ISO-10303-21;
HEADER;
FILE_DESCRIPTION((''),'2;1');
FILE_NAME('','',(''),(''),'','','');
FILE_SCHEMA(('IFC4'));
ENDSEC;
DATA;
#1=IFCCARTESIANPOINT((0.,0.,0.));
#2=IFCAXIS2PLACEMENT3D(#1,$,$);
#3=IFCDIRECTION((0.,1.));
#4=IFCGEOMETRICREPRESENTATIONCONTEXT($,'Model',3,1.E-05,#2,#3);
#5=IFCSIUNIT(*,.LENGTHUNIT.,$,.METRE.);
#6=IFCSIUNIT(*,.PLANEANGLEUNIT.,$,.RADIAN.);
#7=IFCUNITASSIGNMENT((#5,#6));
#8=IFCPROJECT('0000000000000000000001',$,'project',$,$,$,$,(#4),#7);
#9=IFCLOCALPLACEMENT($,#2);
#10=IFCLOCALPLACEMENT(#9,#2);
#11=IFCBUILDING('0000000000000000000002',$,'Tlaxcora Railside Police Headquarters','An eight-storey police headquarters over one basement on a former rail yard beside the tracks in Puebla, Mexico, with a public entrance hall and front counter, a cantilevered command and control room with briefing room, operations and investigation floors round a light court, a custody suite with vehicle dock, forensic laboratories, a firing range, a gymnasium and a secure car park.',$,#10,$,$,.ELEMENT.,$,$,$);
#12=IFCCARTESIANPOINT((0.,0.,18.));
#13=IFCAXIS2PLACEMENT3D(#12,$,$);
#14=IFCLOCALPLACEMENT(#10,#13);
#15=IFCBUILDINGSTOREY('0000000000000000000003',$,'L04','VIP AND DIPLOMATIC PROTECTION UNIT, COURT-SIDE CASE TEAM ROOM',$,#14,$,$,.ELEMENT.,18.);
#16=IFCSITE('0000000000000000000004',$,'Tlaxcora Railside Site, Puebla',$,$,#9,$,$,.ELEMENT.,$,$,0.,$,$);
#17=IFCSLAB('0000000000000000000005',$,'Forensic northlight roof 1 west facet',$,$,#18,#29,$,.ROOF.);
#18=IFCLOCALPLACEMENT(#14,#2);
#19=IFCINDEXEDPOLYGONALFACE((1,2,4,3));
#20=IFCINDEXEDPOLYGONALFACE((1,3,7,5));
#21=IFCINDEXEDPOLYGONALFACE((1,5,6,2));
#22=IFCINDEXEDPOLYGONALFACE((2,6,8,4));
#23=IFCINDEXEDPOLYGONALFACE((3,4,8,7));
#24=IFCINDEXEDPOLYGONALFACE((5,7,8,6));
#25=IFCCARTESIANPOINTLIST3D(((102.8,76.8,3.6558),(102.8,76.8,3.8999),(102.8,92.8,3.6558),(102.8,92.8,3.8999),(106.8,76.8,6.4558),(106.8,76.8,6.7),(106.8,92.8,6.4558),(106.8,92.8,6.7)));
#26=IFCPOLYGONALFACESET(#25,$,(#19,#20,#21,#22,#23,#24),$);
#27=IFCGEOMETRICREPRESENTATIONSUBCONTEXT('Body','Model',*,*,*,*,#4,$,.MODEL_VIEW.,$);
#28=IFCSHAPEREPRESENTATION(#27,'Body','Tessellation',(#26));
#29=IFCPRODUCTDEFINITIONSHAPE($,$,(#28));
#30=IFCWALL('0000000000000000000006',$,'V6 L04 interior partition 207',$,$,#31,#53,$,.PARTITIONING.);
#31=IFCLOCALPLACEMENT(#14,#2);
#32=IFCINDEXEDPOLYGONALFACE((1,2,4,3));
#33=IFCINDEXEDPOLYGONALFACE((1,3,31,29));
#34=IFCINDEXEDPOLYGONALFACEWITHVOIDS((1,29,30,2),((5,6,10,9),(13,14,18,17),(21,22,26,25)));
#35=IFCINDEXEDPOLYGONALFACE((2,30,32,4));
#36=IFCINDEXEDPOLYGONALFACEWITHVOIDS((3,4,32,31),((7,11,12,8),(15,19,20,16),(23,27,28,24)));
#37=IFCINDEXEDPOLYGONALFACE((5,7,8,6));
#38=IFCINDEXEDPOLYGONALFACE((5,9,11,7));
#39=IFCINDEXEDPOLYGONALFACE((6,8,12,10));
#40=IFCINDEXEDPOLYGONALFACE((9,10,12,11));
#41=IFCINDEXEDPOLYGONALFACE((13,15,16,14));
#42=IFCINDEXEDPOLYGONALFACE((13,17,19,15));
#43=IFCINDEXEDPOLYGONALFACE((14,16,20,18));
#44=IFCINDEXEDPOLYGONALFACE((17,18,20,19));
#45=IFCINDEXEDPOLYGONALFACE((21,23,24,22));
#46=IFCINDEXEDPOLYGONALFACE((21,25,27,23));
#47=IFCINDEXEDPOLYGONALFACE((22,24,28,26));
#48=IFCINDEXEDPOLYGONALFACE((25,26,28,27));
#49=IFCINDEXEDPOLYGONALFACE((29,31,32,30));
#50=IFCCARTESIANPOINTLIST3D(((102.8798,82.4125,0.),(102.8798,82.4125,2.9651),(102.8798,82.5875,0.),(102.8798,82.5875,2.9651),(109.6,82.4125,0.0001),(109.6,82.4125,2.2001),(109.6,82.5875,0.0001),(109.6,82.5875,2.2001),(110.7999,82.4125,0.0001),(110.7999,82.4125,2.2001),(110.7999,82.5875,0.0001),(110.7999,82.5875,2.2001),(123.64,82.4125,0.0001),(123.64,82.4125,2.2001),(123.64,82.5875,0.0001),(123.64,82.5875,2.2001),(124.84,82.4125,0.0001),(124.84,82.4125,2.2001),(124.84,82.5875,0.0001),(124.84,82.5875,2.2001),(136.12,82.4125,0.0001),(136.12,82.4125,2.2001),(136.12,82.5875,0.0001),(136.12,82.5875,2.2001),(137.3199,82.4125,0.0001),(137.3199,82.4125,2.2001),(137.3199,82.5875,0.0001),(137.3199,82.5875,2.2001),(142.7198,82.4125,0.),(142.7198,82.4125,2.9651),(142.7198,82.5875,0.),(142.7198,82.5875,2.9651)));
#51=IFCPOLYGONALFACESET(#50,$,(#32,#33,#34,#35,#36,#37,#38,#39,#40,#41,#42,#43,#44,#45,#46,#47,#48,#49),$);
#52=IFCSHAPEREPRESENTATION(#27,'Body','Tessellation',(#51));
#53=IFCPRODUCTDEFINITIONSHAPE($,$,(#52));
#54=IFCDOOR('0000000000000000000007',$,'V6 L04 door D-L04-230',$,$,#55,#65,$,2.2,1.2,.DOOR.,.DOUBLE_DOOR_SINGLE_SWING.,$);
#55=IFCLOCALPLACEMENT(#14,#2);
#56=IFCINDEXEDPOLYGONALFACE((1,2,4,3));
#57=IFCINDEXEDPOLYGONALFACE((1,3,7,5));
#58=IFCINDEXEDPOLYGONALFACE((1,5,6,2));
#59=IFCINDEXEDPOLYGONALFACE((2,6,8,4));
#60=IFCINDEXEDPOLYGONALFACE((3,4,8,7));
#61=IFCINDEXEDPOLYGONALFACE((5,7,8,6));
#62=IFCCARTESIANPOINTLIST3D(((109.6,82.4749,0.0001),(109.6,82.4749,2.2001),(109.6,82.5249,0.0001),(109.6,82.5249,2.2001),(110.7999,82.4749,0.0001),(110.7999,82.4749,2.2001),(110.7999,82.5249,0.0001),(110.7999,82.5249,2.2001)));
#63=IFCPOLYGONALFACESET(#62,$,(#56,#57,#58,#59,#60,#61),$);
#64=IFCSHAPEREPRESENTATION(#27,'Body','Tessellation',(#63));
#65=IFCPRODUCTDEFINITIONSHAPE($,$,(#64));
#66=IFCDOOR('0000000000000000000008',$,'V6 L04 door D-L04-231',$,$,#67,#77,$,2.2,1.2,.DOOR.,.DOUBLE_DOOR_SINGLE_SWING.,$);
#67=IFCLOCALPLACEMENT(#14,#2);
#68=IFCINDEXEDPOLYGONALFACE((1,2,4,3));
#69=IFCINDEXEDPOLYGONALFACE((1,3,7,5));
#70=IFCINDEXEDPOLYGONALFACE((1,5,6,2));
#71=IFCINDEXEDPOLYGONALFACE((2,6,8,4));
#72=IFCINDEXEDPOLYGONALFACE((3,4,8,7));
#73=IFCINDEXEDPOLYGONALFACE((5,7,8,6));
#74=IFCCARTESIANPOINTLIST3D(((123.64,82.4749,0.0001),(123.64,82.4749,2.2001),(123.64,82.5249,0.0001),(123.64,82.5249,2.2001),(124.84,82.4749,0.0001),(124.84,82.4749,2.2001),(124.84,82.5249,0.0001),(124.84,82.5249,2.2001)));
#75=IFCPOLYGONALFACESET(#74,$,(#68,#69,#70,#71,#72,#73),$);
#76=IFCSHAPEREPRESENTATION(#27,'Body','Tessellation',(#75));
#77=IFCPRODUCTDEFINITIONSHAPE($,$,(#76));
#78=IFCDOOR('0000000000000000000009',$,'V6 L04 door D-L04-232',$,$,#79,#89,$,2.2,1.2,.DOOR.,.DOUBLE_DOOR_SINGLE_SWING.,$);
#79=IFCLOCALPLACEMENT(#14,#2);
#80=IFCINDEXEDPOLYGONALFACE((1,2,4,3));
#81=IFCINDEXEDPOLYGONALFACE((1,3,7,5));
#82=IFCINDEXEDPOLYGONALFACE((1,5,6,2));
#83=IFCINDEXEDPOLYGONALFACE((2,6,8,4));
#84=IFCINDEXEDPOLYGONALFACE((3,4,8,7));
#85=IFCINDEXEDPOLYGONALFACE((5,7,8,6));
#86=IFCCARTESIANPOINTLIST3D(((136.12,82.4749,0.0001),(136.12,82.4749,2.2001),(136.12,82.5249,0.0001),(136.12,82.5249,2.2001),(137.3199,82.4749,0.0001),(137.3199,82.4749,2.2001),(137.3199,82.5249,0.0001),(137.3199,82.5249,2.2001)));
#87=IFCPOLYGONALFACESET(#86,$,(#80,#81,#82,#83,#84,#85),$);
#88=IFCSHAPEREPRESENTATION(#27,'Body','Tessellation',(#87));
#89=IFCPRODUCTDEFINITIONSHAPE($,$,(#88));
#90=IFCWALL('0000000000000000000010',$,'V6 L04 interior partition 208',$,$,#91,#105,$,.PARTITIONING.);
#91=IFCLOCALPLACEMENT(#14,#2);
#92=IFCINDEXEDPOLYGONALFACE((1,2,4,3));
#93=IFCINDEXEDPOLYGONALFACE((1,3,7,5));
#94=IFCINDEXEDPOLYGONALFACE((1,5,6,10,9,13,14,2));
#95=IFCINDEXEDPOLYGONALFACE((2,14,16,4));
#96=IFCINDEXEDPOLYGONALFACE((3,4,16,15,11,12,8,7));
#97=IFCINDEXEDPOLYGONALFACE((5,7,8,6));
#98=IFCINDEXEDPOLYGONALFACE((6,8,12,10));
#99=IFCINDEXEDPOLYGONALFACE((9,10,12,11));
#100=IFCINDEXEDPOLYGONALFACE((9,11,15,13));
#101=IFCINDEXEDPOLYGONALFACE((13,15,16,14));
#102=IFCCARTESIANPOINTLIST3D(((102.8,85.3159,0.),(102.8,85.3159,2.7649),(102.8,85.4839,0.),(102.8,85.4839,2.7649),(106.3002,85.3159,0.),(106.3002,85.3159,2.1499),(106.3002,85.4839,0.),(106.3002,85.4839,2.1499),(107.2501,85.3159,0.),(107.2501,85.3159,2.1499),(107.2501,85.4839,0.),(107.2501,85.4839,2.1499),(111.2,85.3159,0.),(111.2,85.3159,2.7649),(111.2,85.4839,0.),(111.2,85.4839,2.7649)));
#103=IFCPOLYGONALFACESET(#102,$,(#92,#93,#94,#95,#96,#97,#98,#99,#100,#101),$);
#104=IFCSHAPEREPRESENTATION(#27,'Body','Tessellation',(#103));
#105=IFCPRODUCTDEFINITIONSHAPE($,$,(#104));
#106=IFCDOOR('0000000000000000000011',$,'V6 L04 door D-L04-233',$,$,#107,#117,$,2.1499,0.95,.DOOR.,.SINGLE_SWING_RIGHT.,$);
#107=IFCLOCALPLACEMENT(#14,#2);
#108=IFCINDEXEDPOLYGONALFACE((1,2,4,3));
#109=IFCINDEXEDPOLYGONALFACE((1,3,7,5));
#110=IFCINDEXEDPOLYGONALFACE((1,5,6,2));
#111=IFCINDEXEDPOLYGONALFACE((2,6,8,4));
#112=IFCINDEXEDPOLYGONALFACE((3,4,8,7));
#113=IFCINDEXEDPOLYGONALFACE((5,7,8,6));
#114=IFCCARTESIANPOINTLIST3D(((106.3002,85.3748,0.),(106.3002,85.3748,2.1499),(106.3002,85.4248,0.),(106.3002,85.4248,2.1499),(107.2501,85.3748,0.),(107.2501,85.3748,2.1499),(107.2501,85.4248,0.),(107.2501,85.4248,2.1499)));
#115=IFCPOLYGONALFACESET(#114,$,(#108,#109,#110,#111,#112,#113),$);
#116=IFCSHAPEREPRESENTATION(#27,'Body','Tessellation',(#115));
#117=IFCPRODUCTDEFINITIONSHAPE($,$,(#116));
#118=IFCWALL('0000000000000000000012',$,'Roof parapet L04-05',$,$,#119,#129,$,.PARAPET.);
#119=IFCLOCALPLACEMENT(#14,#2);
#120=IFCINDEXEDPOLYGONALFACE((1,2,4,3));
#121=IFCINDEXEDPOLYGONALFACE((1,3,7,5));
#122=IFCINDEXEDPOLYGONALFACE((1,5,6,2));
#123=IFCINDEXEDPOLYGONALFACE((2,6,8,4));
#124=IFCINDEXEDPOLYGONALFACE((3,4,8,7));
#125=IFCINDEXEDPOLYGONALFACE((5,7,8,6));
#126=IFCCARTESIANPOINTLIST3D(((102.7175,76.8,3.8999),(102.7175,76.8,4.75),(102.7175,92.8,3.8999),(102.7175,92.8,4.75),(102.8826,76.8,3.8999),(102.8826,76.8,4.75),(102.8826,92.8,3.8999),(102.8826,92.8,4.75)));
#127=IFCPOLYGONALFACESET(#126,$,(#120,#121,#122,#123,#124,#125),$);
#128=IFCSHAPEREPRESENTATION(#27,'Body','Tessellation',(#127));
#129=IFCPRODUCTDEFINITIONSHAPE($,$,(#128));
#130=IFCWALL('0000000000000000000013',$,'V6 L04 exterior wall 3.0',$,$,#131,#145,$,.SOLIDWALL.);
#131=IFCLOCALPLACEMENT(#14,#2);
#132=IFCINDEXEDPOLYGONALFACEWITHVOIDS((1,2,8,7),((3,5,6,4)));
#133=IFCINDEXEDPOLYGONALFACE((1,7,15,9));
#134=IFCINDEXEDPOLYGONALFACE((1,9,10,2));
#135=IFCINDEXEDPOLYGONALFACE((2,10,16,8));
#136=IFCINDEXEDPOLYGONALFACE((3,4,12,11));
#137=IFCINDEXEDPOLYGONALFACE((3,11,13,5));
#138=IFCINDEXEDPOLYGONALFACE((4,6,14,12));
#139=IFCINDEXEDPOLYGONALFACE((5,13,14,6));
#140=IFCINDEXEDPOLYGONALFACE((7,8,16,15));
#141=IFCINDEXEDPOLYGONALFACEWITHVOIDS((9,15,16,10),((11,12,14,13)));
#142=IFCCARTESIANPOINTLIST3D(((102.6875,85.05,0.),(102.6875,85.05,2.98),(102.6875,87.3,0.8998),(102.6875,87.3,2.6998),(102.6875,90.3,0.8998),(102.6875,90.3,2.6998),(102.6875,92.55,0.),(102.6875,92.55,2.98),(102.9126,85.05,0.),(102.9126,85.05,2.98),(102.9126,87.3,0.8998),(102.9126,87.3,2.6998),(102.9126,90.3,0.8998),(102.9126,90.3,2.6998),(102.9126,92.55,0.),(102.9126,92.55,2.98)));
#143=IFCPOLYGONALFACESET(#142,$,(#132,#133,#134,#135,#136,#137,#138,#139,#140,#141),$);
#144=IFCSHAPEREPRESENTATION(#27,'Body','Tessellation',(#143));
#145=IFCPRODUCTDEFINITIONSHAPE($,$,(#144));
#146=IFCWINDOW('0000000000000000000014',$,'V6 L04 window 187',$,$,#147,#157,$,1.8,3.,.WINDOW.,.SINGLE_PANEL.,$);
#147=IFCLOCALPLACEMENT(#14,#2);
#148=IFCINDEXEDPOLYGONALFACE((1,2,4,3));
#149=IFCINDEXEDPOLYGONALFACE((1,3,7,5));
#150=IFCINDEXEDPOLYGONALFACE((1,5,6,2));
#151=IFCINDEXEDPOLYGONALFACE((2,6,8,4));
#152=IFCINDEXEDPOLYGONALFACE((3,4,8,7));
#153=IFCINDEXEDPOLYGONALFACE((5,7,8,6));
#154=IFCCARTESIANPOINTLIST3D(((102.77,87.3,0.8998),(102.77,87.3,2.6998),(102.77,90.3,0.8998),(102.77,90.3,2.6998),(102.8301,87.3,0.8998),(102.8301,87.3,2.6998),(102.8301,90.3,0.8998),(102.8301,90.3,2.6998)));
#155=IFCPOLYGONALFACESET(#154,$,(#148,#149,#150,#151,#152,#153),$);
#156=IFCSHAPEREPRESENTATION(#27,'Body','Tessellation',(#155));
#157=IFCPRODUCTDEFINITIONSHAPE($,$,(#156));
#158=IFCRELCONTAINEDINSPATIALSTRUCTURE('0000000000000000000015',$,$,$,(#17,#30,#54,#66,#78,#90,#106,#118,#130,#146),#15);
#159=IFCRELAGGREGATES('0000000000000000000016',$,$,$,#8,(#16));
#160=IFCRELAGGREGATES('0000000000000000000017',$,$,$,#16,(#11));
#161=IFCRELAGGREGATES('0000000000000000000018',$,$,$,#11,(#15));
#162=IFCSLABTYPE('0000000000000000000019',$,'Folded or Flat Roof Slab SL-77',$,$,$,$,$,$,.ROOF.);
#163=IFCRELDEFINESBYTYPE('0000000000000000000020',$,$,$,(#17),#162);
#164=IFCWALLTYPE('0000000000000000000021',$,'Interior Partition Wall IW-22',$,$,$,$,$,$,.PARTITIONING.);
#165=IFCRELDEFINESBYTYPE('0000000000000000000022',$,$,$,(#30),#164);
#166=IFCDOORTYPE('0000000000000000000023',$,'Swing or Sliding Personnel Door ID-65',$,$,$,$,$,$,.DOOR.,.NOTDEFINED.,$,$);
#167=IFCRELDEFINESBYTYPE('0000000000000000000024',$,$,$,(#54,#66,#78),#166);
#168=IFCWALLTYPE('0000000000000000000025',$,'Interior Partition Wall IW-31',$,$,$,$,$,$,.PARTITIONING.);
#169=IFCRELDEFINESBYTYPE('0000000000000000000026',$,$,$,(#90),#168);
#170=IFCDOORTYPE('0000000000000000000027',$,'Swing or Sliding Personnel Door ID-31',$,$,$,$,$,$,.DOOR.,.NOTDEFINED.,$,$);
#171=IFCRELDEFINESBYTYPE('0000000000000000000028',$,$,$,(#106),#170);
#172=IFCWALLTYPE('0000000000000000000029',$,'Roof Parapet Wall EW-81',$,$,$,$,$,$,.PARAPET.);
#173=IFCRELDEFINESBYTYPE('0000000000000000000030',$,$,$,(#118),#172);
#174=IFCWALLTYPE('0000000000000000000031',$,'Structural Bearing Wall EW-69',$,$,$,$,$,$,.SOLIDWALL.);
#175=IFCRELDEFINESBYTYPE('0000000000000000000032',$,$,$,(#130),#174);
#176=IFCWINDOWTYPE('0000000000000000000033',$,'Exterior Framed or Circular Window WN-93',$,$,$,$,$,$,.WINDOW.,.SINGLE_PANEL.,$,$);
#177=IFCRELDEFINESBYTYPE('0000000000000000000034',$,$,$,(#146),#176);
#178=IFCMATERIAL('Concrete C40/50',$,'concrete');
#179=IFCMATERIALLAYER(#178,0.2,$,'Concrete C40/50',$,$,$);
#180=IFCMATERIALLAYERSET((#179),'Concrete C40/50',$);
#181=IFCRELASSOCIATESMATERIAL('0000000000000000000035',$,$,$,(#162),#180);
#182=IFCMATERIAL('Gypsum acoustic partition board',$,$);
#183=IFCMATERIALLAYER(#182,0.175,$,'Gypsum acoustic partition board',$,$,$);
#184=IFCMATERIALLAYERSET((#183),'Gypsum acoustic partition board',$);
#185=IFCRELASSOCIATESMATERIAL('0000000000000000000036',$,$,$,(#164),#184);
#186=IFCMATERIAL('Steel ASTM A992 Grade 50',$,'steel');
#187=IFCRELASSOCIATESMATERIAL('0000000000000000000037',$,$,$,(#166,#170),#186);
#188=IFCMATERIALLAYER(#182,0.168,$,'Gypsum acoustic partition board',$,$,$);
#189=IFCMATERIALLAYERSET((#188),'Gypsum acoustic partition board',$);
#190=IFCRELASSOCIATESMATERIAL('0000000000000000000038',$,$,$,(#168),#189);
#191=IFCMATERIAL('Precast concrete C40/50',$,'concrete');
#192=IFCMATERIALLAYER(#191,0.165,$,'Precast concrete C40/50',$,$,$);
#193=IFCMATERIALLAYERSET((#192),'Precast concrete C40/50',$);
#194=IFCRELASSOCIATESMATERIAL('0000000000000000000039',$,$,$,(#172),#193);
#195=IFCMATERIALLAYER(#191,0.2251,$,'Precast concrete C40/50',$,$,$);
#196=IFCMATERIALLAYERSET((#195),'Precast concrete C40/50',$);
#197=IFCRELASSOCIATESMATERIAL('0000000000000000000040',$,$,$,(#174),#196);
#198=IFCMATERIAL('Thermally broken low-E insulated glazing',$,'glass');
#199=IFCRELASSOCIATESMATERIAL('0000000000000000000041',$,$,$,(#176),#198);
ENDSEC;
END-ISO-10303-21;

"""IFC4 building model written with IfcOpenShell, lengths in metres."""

from ifc_helpers import new_model, si_unit, direction, frame, frame_2d, origin, place, context, subcontext, project, spatial, polyline, rectangle, outline, extrude, material, layer, layer_set, type_object, element, fill, save


model = new_model("IFC4")

# Units and contexts
model_context = context("Model", 3, precision=1e-05, world=origin(), true_north=direction((0.0, 1.0)))
body_context = subcontext(model_context, "Body", "Model", "MODEL_VIEW")
ifc_project = project(units=[si_unit("LENGTHUNIT", "METRE"), si_unit("PLANEANGLEUNIT", "RADIAN")], contexts=[model_context])

# Site, building, storey
site_placement = place(None, origin())
site = spatial("IfcSite", under=ifc_project, at=site_placement, Name="Tlaxcora Railside Site, Puebla", CompositionType="ELEMENT", RefElevation=0.0)
building_placement = place(site_placement, origin())
building = spatial("IfcBuilding", under=site, at=building_placement, Name="Tlaxcora Railside Police Headquarters", Description="An eight-storey police headquarters over one basement on a former rail yard beside the tracks in Puebla, Mexico, with a public entrance hall and front counter, a cantilevered command and control room with briefing room, operations and investigation floors round a light court, a custody suite with vehicle dock, forensic laboratories, a firing range, a gymnasium and a secure car park.", CompositionType="ELEMENT")
storey_placement = place(building_placement, frame((0.0, 0.0, 18.0)))
storey = spatial("IfcBuildingStorey", under=building, at=storey_placement, Name="L04", Description="VIP AND DIPLOMATIC PROTECTION UNIT, COURT-SIDE CASE TEAM ROOM", CompositionType="ELEMENT", Elevation=18.0)

# Shared definitions
ifc_material_1 = material(Name="Concrete C40/50", Category="concrete")

# Shared definitions
ifc_material_2 = material(Name="Thermally broken low-E insulated glazing", Category="glass")

# Shared definitions
ifc_material_3 = material(Name="Steel ASTM A992 Grade 50", Category="steel")

# Slab
ifc_layer_1 = layer(ifc_material_1, 0.2, Name="Concrete C40/50")
ifc_layer_set_1 = layer_set([ifc_layer_1], Name="Concrete C40/50")
slab_type = type_object("IfcSlabType", Name="Folded or Flat Roof Slab SL-77", PredefinedType="ROOF", material=ifc_layer_set_1)
slab_placement = place(storey_placement, frame((102.8, 92.8, 0.0), z_axis=(0.0, -1.0, 0.0), x_axis=(1.0, 0.0, 0.0)))
element("IfcSlab", 1, at=slab_placement, inside=storey, type_object=slab_type, Name="Forensic northlight roof 1 west facet", PredefinedType="ROOF", context=body_context, shape_type="SweptSolid", body=[
    extrude(outline(polyline([(0.0, 3.6558), (4.0, 6.4558), (4.0, 6.7), (0.0, 3.8999), (0.0, 3.6558)])), origin(), (0.0, 0.0, 1.0), 16.0),
])

# Wall, openings, doors
ifc_material_4 = material(Name="Gypsum acoustic partition board")
ifc_layer_2 = layer(ifc_material_4, 0.175, Name="Gypsum acoustic partition board")
ifc_layer_set_2 = layer_set([ifc_layer_2], Name="Gypsum acoustic partition board")
wall_type_1 = type_object("IfcWallType", Name="Interior Partition Wall IW-22", PredefinedType="PARTITIONING", material=ifc_layer_set_2)
wall_1_placement = place(storey_placement, frame((102.8799, 82.5, 0.0), z_axis=(0.0, 0.0, 1.0), x_axis=(1.0, 0.0, 0.0)))
wall_1 = element("IfcWall", 2, at=wall_1_placement, inside=storey, type_object=wall_type_1, Name="V6 L04 interior partition 207", PredefinedType="PARTITIONING", context=body_context, shape_type="SweptSolid", body=[
    extrude(rectangle(XDim=39.8401, YDim=0.175, at=frame_2d((19.9199, 0.0))), origin(), (0.0, 0.0, 1.0), 2.9651),
])
opening_1_placement = place(wall_1_placement, frame((6.72, 0.0, 0.0)))
opening_1 = element("IfcOpeningElement", 3, at=opening_1_placement, cuts=wall_1, PredefinedType="OPENING", context=body_context, shape_type="SweptSolid", body=[
    extrude(rectangle(XDim=1.2, YDim=2.2, at=frame_2d((0.6001, 1.1001))), frame((0.0, 0.0977, 0.0), z_axis=(0.0, -1.0, 0.0), x_axis=(1.0, 0.0, 0.0)), (0.0, 0.0, 1.0), 0.1951),
])
opening_2_placement = place(wall_1_placement, frame((20.76, 0.0, 0.0)))
opening_2 = element("IfcOpeningElement", 4, at=opening_2_placement, cuts=wall_1, PredefinedType="OPENING", context=body_context, shape_type="SweptSolid", body=[
    extrude(rectangle(XDim=1.2, YDim=2.2, at=frame_2d((0.6001, 1.1001))), frame((0.0, 0.0977, 0.0), z_axis=(0.0, -1.0, 0.0), x_axis=(1.0, 0.0, 0.0)), (0.0, 0.0, 1.0), 0.1951),
])
opening_3_placement = place(wall_1_placement, frame((33.24, 0.0, 0.0)))
opening_3 = element("IfcOpeningElement", 5, at=opening_3_placement, cuts=wall_1, PredefinedType="OPENING", context=body_context, shape_type="SweptSolid", body=[
    extrude(rectangle(XDim=1.2, YDim=2.2, at=frame_2d((0.6001, 1.1001))), frame((0.0, 0.0977, 0.0), z_axis=(0.0, -1.0, 0.0), x_axis=(1.0, 0.0, 0.0)), (0.0, 0.0, 1.0), 0.1951),
])
door_type_1 = type_object("IfcDoorType", Name="Swing or Sliding Personnel Door ID-65", OperationType="NOTDEFINED", PredefinedType="DOOR", material=ifc_material_3)
door_1_placement = place(opening_1_placement, origin())
door_1 = element("IfcDoor", 6, at=door_1_placement, inside=storey, type_object=door_type_1, Name="V6 L04 door D-L04-230", OperationType="DOUBLE_DOOR_SINGLE_SWING", OverallHeight=2.2, OverallWidth=1.2, PredefinedType="DOOR", context=body_context, shape_type="SweptSolid", body=[
    extrude(rectangle(XDim=1.2, YDim=2.2, at=frame_2d((0.6001, 1.1001))), frame((0.0, 0.0249, 0.0), z_axis=(0.0, -1.0, 0.0), x_axis=(1.0, 0.0, 0.0)), (0.0, 0.0, 1.0), 0.05),
])
fill(opening_1, door_1)
door_2_placement = place(opening_2_placement, origin())
door_2 = element("IfcDoor", 7, at=door_2_placement, inside=storey, type_object=door_type_1, Name="V6 L04 door D-L04-231", OperationType="DOUBLE_DOOR_SINGLE_SWING", OverallHeight=2.2, OverallWidth=1.2, PredefinedType="DOOR", context=body_context, shape_type="SweptSolid", body=[
    extrude(rectangle(XDim=1.2, YDim=2.2, at=frame_2d((0.6001, 1.1001))), frame((0.0, 0.0249, 0.0), z_axis=(0.0, -1.0, 0.0), x_axis=(1.0, 0.0, 0.0)), (0.0, 0.0, 1.0), 0.05),
])
fill(opening_2, door_2)
door_3_placement = place(opening_3_placement, origin())
door_3 = element("IfcDoor", 8, at=door_3_placement, inside=storey, type_object=door_type_1, Name="V6 L04 door D-L04-232", OperationType="DOUBLE_DOOR_SINGLE_SWING", OverallHeight=2.2, OverallWidth=1.2, PredefinedType="DOOR", context=body_context, shape_type="SweptSolid", body=[
    extrude(rectangle(XDim=1.2, YDim=2.2, at=frame_2d((0.6001, 1.1001))), frame((0.0, 0.0249, 0.0), z_axis=(0.0, -1.0, 0.0), x_axis=(1.0, 0.0, 0.0)), (0.0, 0.0, 1.0), 0.05),
])
fill(opening_3, door_3)

# Wall, opening, door
ifc_layer_3 = layer(ifc_material_4, 0.168, Name="Gypsum acoustic partition board")
ifc_layer_set_3 = layer_set([ifc_layer_3], Name="Gypsum acoustic partition board")
wall_type_2 = type_object("IfcWallType", Name="Interior Partition Wall IW-31", PredefinedType="PARTITIONING", material=ifc_layer_set_3)
wall_2_placement = place(storey_placement, frame((102.8, 85.3999, 0.0), z_axis=(0.0, 0.0, 1.0), x_axis=(1.0, 0.0, 0.0)))
wall_2 = element("IfcWall", 9, at=wall_2_placement, inside=storey, type_object=wall_type_2, Name="V6 L04 interior partition 208", PredefinedType="PARTITIONING", context=body_context, shape_type="SweptSolid", body=[
    extrude(rectangle(XDim=8.3999, YDim=0.168, at=frame_2d((4.2, 0.0))), origin(), (0.0, 0.0, 1.0), 2.7649),
])
opening_4_placement = place(wall_2_placement, frame((3.5, 0.0, 0.0)))
opening_4 = element("IfcOpeningElement", 10, at=opening_4_placement, cuts=wall_2, PredefinedType="OPENING", context=body_context, shape_type="SweptSolid", body=[
    extrude(rectangle(XDim=0.95, YDim=2.1499, at=frame_2d((0.4751, 1.075))), frame((0.0, 0.094, 0.0), z_axis=(0.0, -1.0, 0.0), x_axis=(1.0, 0.0, 0.0)), (0.0, 0.0, 1.0), 0.188),
])
door_type_2 = type_object("IfcDoorType", Name="Swing or Sliding Personnel Door ID-31", OperationType="NOTDEFINED", PredefinedType="DOOR", material=ifc_material_3)
door_4_placement = place(opening_4_placement, origin())
door_4 = element("IfcDoor", 11, at=door_4_placement, inside=storey, type_object=door_type_2, Name="V6 L04 door D-L04-233", OperationType="SINGLE_SWING_RIGHT", OverallHeight=2.1499, OverallWidth=0.95, PredefinedType="DOOR", context=body_context, shape_type="SweptSolid", body=[
    extrude(rectangle(XDim=0.95, YDim=2.1499, at=frame_2d((0.4751, 1.075))), frame((0.0, 0.0249, 0.0), z_axis=(0.0, -1.0, 0.0), x_axis=(1.0, 0.0, 0.0)), (0.0, 0.0, 1.0), 0.05),
])
fill(opening_4, door_4)

# Wall
ifc_material_5 = material(Name="Precast concrete C40/50", Category="concrete")
ifc_layer_4 = layer(ifc_material_5, 0.165, Name="Precast concrete C40/50")
ifc_layer_set_4 = layer_set([ifc_layer_4], Name="Precast concrete C40/50")
wall_type_3 = type_object("IfcWallType", Name="Roof Parapet Wall EW-81", PredefinedType="PARAPET", material=ifc_layer_set_4)
wall_3_placement = place(storey_placement, frame((102.8, 76.8, 3.8999), z_axis=(0.0, 0.0, 1.0), x_axis=(0.0, 1.0, 0.0)))
element("IfcWall", 12, at=wall_3_placement, inside=storey, type_object=wall_type_3, Name="Roof parapet L04-05", PredefinedType="PARAPET", context=body_context, shape_type="SweptSolid", body=[
    extrude(rectangle(XDim=16.0, YDim=0.165, at=frame_2d((8.0, 0.0))), origin(), (0.0, 0.0, 1.0), 0.8501),
])

# Wall, opening, window
ifc_layer_5 = layer(ifc_material_5, 0.2251, Name="Precast concrete C40/50")
ifc_layer_set_5 = layer_set([ifc_layer_5], Name="Precast concrete C40/50")
wall_type_4 = type_object("IfcWallType", Name="Structural Bearing Wall EW-69", PredefinedType="SOLIDWALL", material=ifc_layer_set_5)
wall_4_placement = place(storey_placement, frame((102.8, 92.55, 0.0), z_axis=(0.0, 0.0, 1.0), x_axis=(0.0, -1.0, 0.0)))
wall_4 = element("IfcWall", 13, at=wall_4_placement, inside=storey, type_object=wall_type_4, Name="V6 L04 exterior wall 3.0", PredefinedType="SOLIDWALL", context=body_context, shape_type="SweptSolid", body=[
    extrude(rectangle(XDim=7.5, YDim=0.2251, at=frame_2d((3.75, 0.0))), origin(), (0.0, 0.0, 1.0), 2.98),
])
opening_5_placement = place(wall_4_placement, frame((2.25, 0.0, 0.8999)))
opening_5 = element("IfcOpeningElement", 14, at=opening_5_placement, cuts=wall_4, PredefinedType="OPENING", context=body_context, shape_type="SweptSolid", body=[
    extrude(rectangle(XDim=3.0, YDim=1.8, at=frame_2d((1.5, 0.8999))), frame((0.0, 0.1226, 0.0), z_axis=(0.0, -1.0, 0.0), x_axis=(1.0, 0.0, 0.0)), (0.0, 0.0, 1.0), 0.2451),
])
window_type = type_object("IfcWindowType", Name="Exterior Framed or Circular Window WN-93", PartitioningType="SINGLE_PANEL", PredefinedType="WINDOW", material=ifc_material_2)
window_placement = place(opening_5_placement, origin())
window = element("IfcWindow", 15, at=window_placement, inside=storey, type_object=window_type, Name="V6 L04 window 187", OverallHeight=1.8, OverallWidth=3.0, PartitioningType="SINGLE_PANEL", PredefinedType="WINDOW", context=body_context, shape_type="SweptSolid", body=[
    extrude(rectangle(XDim=3.0, YDim=1.8, at=frame_2d((1.5, 0.8999))), frame((0.0, 0.03, 0.0), z_axis=(0.0, -1.0, 0.0), x_axis=(1.0, 0.0, 0.0)), (0.0, 0.0, 1.0), 0.0601),
])
fill(opening_5, window)

save(model, "model.ifc")
